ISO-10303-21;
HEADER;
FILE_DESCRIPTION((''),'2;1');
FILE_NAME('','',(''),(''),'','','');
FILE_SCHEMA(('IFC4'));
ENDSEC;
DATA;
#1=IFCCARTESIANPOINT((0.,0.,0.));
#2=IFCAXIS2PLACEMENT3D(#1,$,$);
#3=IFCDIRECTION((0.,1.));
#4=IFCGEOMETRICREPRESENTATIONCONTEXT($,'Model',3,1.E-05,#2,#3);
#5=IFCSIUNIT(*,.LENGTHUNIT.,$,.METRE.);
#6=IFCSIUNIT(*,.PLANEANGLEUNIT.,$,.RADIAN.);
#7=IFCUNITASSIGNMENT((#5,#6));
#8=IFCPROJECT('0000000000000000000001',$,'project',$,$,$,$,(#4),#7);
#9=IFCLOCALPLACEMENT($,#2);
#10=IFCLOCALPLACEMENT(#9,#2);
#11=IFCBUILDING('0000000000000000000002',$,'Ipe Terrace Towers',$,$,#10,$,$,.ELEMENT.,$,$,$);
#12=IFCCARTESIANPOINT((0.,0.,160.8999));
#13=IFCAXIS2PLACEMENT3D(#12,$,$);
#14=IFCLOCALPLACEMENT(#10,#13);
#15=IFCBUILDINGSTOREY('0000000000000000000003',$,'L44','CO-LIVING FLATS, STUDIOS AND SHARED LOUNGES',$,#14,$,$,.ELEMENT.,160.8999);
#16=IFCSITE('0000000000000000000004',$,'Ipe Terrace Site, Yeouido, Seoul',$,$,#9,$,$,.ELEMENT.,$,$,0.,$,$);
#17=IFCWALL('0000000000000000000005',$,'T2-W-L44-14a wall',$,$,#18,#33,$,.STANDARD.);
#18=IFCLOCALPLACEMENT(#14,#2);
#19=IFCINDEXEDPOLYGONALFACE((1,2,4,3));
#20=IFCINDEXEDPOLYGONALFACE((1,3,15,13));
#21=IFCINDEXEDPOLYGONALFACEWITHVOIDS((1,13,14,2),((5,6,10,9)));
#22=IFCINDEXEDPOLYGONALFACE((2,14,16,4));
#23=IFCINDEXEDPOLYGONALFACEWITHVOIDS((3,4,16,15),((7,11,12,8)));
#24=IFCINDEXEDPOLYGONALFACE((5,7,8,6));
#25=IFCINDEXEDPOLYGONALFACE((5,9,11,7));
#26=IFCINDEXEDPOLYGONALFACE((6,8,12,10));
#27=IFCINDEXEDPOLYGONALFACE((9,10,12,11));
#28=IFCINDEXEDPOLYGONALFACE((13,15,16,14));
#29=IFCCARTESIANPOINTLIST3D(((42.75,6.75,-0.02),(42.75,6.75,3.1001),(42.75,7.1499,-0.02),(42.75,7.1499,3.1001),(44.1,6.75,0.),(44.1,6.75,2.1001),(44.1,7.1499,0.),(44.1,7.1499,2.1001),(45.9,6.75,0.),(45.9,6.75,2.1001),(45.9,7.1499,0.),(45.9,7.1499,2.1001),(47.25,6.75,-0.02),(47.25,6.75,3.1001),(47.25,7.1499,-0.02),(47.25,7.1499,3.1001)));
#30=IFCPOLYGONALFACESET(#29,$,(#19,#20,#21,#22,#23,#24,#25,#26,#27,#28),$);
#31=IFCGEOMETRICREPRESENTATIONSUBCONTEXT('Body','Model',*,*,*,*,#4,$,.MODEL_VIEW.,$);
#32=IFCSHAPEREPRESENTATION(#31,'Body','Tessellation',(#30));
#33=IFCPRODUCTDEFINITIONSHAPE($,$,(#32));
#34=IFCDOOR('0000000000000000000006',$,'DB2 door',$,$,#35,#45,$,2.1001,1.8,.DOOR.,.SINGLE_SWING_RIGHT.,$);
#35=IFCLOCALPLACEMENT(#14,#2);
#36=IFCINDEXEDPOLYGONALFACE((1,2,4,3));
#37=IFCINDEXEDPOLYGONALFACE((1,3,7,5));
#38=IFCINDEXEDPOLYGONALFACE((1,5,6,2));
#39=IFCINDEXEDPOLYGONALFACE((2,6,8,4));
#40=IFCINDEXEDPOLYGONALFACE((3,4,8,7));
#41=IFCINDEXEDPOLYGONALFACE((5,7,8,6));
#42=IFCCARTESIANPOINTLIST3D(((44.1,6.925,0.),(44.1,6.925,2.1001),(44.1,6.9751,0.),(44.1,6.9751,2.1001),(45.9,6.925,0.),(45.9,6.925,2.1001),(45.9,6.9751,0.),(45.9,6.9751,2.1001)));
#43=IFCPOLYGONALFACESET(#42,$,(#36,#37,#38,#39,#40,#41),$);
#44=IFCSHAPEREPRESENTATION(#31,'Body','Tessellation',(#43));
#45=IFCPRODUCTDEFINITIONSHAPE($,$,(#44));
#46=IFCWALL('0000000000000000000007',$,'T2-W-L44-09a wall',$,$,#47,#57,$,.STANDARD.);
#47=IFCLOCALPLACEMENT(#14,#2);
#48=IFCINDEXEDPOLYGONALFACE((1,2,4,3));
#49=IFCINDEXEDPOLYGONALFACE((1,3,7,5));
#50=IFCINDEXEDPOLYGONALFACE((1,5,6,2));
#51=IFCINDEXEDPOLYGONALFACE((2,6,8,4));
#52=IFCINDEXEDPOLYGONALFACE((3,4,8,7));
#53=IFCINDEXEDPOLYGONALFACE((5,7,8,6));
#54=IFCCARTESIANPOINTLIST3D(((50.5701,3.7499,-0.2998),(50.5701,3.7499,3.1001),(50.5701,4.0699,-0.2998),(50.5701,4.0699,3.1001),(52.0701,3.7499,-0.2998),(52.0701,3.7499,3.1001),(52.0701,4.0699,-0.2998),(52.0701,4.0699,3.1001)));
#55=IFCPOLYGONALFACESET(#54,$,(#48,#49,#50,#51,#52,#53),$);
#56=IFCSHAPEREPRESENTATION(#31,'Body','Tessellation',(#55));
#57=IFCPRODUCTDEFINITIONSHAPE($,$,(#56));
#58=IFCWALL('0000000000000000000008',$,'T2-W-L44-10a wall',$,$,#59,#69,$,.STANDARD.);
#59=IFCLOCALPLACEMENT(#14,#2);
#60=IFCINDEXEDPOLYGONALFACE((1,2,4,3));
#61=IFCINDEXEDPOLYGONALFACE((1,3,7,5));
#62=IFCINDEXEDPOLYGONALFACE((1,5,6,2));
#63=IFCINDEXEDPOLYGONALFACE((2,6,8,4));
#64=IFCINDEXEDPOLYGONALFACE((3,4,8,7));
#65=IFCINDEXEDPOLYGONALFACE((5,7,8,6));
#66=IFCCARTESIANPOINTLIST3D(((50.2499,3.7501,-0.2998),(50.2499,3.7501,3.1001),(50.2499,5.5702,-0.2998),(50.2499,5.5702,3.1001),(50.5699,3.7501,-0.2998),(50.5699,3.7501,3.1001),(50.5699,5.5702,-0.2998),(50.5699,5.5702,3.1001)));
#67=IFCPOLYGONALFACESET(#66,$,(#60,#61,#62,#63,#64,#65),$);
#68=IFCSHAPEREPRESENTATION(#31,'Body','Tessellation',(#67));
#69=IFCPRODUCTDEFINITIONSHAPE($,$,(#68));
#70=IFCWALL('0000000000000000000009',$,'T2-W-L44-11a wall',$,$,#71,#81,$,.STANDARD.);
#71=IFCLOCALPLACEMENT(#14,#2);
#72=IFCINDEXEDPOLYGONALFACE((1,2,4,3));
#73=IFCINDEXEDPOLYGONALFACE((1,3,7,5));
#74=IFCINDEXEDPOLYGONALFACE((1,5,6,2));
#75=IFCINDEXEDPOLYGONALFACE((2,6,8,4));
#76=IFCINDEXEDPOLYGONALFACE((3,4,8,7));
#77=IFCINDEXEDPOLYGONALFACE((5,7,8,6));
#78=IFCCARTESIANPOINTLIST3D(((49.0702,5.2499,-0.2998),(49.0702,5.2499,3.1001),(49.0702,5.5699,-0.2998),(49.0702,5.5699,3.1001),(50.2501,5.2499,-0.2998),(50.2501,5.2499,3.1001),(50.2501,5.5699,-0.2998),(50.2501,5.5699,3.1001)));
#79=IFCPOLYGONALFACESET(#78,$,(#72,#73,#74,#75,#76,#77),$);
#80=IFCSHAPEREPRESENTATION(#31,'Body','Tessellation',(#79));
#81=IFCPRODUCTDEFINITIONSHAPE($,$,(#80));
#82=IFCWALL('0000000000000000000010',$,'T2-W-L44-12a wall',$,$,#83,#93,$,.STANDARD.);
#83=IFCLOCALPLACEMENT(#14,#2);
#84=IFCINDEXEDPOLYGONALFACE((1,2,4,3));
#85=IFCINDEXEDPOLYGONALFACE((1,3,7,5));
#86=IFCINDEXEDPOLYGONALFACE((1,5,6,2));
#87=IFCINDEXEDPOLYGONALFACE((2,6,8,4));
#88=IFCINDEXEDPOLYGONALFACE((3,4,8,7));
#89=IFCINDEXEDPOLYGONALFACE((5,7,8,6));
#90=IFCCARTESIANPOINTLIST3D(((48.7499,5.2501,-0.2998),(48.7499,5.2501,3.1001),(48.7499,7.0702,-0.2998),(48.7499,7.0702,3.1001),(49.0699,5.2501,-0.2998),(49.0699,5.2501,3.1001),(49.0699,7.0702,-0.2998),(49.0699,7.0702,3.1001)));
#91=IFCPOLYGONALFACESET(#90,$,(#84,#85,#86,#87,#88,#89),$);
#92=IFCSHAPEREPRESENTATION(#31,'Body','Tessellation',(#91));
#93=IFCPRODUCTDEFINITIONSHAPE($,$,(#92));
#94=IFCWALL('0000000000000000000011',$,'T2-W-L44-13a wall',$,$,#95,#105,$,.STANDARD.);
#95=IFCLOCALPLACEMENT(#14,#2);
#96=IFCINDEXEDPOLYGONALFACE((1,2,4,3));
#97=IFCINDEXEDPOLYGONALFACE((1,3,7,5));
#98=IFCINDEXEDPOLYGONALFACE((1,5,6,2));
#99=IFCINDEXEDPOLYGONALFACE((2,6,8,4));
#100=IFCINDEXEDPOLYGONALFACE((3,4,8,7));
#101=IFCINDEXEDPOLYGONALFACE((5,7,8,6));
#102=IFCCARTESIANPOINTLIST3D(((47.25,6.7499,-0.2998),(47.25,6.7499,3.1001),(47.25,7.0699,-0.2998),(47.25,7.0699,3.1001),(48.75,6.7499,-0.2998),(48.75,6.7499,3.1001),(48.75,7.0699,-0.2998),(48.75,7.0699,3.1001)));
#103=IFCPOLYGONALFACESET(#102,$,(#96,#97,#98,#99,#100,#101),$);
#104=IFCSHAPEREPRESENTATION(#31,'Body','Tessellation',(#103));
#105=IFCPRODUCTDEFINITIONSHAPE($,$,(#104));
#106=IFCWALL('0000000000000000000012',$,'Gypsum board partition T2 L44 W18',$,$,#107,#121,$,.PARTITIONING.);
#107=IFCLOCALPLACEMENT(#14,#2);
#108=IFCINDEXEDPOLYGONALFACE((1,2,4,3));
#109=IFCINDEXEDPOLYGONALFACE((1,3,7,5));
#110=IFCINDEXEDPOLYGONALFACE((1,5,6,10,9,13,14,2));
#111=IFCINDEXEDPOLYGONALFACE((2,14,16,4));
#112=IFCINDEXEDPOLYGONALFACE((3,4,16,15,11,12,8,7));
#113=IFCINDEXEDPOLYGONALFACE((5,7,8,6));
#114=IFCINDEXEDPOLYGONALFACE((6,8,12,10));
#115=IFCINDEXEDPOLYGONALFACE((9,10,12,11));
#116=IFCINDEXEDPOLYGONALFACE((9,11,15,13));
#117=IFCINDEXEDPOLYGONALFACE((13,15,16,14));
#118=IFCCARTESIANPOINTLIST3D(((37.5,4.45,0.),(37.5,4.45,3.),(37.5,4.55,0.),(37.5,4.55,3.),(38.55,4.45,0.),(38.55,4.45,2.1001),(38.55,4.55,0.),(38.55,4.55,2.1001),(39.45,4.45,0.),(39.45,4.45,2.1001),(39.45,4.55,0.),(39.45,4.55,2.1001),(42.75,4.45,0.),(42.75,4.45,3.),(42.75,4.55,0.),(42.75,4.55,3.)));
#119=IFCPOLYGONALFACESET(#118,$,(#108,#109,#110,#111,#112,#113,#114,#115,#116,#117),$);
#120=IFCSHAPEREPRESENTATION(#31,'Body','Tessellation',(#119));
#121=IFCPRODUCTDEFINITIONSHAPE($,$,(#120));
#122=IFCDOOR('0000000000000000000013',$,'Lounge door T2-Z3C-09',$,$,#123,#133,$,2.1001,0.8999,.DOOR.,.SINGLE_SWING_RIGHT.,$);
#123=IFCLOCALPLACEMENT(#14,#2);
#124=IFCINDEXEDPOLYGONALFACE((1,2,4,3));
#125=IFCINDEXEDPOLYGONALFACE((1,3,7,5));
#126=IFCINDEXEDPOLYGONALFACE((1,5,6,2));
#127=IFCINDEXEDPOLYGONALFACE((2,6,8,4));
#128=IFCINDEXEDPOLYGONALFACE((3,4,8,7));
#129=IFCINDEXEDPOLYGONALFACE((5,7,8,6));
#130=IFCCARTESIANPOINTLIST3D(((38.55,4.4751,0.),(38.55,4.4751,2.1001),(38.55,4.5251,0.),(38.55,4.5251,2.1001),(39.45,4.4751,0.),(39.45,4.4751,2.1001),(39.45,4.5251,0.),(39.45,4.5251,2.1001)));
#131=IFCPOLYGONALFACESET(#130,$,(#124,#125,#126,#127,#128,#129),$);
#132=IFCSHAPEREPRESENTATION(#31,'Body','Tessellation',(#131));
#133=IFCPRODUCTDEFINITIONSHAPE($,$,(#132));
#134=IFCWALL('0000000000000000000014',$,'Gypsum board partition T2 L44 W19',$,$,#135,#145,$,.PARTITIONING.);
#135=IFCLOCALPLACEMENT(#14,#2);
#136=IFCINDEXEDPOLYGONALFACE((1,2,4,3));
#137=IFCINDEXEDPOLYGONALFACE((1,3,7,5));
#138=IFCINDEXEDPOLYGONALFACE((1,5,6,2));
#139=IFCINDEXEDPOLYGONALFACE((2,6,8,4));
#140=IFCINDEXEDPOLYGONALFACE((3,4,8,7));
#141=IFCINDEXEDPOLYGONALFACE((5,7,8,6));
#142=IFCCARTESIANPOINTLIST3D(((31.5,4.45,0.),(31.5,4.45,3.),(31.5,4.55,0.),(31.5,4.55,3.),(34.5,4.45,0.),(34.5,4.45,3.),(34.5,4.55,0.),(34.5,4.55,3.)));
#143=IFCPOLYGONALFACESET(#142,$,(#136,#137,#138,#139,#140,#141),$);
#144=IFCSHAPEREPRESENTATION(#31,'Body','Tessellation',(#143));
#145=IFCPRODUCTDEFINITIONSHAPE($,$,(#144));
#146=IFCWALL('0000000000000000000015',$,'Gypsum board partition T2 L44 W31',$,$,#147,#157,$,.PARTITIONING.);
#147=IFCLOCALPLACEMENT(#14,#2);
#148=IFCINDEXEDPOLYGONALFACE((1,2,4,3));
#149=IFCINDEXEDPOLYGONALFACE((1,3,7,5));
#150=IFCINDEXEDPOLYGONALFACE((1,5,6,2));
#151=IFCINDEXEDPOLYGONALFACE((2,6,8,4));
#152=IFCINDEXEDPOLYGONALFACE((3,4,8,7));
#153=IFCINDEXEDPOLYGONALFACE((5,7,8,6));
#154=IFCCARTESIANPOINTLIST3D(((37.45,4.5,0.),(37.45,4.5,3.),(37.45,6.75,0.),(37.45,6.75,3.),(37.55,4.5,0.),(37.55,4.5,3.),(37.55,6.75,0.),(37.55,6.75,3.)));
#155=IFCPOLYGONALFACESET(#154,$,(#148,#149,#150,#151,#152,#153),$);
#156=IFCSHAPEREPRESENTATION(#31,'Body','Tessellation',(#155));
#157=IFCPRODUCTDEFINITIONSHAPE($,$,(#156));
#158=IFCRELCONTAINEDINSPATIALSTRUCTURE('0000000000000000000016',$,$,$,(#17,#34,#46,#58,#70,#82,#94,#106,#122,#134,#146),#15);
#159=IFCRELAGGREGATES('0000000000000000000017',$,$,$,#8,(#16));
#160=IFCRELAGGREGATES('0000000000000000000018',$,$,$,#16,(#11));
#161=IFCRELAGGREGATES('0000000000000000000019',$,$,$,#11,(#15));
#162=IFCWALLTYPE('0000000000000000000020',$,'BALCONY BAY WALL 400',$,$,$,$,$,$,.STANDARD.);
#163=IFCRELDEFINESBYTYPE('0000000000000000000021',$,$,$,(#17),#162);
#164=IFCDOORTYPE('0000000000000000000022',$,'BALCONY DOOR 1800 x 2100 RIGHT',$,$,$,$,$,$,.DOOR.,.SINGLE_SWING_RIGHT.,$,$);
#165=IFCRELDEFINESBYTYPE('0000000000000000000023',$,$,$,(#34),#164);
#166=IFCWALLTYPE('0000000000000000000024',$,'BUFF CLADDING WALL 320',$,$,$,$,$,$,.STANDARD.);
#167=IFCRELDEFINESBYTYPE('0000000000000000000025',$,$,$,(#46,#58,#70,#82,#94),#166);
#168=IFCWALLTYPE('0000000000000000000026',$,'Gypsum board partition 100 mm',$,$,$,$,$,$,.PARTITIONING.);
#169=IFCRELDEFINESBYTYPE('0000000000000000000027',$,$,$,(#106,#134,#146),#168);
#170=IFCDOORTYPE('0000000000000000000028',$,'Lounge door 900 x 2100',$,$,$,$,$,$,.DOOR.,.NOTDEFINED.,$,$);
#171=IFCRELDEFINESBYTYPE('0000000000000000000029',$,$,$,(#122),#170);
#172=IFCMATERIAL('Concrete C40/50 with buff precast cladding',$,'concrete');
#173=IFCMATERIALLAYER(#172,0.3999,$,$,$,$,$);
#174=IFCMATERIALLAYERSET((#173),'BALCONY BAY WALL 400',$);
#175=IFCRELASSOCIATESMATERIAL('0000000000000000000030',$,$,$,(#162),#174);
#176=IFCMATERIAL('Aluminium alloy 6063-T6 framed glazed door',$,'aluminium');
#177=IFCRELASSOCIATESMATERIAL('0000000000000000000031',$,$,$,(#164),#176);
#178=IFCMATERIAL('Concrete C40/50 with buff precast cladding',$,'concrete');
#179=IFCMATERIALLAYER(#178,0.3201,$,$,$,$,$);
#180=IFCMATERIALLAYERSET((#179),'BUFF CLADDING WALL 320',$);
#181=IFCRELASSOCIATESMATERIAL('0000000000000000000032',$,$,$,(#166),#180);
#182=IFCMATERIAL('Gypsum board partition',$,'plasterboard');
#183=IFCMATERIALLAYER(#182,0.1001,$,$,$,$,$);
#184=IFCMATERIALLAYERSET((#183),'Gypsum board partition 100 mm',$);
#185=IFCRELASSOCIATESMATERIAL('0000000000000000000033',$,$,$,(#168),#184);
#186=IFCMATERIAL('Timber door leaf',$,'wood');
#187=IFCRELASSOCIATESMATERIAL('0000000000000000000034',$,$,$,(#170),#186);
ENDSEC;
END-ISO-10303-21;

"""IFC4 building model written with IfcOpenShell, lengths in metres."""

from ifc_helpers import new_model, si_unit, direction, frame, frame_2d, origin, place, context, subcontext, project, spatial, rectangle, extrude, material, layer, layer_set, type_object, element, fill, save


model = new_model("IFC4")

# Units and contexts
model_context = context("Model", 3, precision=1e-05, world=origin(), true_north=direction((0.0, 1.0)))
body_context = subcontext(model_context, "Body", "Model", "MODEL_VIEW")
ifc_project = project(units=[si_unit("LENGTHUNIT", "METRE"), si_unit("PLANEANGLEUNIT", "RADIAN")], contexts=[model_context])

# Site, building, storey
site_placement = place(None, origin())
site = spatial("IfcSite", under=ifc_project, at=site_placement, Name="Ipe Terrace Site, Yeouido, Seoul", CompositionType="ELEMENT", RefElevation=0.0)
building_placement = place(site_placement, origin())
building = spatial("IfcBuilding", under=site, at=building_placement, Name="Ipe Terrace Towers", CompositionType="ELEMENT")
storey_placement = place(building_placement, frame((0.0, 0.0, 160.8999)))
storey = spatial("IfcBuildingStorey", under=building, at=storey_placement, Name="L44", Description="CO-LIVING FLATS, STUDIOS AND SHARED LOUNGES", CompositionType="ELEMENT", Elevation=160.8999)

# Wall, opening, door
ifc_material_1 = material(Name="Concrete C40/50 with buff precast cladding", Category="concrete")
ifc_layer_1 = layer(ifc_material_1, 0.3999)
ifc_layer_set_1 = layer_set([ifc_layer_1], Name="BALCONY BAY WALL 400")
wall_type_1 = type_object("IfcWallType", Name="BALCONY BAY WALL 400", PredefinedType="STANDARD", material=ifc_layer_set_1)
wall_1_placement = place(storey_placement, frame((47.25, 6.95, -0.02), z_axis=(0.0, 0.0, 1.0), x_axis=(-1.0, 0.0, 0.0)))
wall_1 = element("IfcWall", 1, at=wall_1_placement, inside=storey, type_object=wall_type_1, Name="T2-W-L44-14a wall", PredefinedType="STANDARD", context=body_context, shape_type="SweptSolid", body=[
    extrude(rectangle(XDim=4.5, YDim=0.3999, at=frame_2d((2.25, 0.0))), origin(), (0.0, 0.0, 1.0), 3.1201),
])
opening_1_placement = place(wall_1_placement, frame((1.3501, 0.0, 0.02)))
opening_1 = element("IfcOpeningElement", 2, at=opening_1_placement, cuts=wall_1, PredefinedType="OPENING", context=body_context, shape_type="SweptSolid", body=[
    extrude(rectangle(XDim=1.8, YDim=2.1001, at=frame_2d((0.8999, 1.05))), frame((0.0, 0.21, 0.0), z_axis=(0.0, -1.0, 0.0), x_axis=(1.0, 0.0, 0.0)), (0.0, 0.0, 1.0), 0.4199),
])
ifc_material_2 = material(Name="Aluminium alloy 6063-T6 framed glazed door", Category="aluminium")
door_type_1 = type_object("IfcDoorType", Name="BALCONY DOOR 1800 x 2100 RIGHT", OperationType="SINGLE_SWING_RIGHT", PredefinedType="DOOR", material=ifc_material_2)
door_1_placement = place(opening_1_placement, origin())
door_1 = element("IfcDoor", 3, at=door_1_placement, inside=storey, type_object=door_type_1, Name="DB2 door", OperationType="SINGLE_SWING_RIGHT", OverallHeight=2.1001, OverallWidth=1.8, PredefinedType="DOOR", context=body_context, shape_type="SweptSolid", body=[
    extrude(rectangle(XDim=1.8, YDim=2.1001, at=frame_2d((0.8999, 1.05))), frame((0.0, 0.0249, 0.0), z_axis=(0.0, -1.0, 0.0), x_axis=(1.0, 0.0, 0.0)), (0.0, 0.0, 1.0), 0.05),
])
fill(opening_1, door_1)

# Walls
ifc_material_3 = material(Name="Concrete C40/50 with buff precast cladding", Category="concrete")
ifc_layer_2 = layer(ifc_material_3, 0.3201)
ifc_layer_set_2 = layer_set([ifc_layer_2], Name="BUFF CLADDING WALL 320")
wall_type_2 = type_object("IfcWallType", Name="BUFF CLADDING WALL 320", PredefinedType="STANDARD", material=ifc_layer_set_2)
wall_2_placement = place(storey_placement, frame((52.0701, 3.9099, -0.2998), z_axis=(0.0, 0.0, 1.0), x_axis=(-1.0, 0.0, 0.0)))
element("IfcWall", 4, at=wall_2_placement, inside=storey, type_object=wall_type_2, Name="T2-W-L44-09a wall", PredefinedType="STANDARD", context=body_context, shape_type="SweptSolid", body=[
    extrude(rectangle(XDim=1.5, YDim=0.3201, at=frame_2d((0.75, 0.0))), origin(), (0.0, 0.0, 1.0), 3.3999),
])
wall_3_placement = place(storey_placement, frame((50.4099, 3.75, -0.2998), z_axis=(0.0, 0.0, 1.0), x_axis=(0.0, 1.0, 0.0)))
element("IfcWall", 5, at=wall_3_placement, inside=storey, type_object=wall_type_2, Name="T2-W-L44-10a wall", PredefinedType="STANDARD", context=body_context, shape_type="SweptSolid", body=[
    extrude(rectangle(XDim=1.8201, YDim=0.3201, at=frame_2d((0.9102, 0.0))), origin(), (0.0, 0.0, 1.0), 3.3999),
])
wall_4_placement = place(storey_placement, frame((50.25, 5.4099, -0.2998), z_axis=(0.0, 0.0, 1.0), x_axis=(-1.0, 0.0, 0.0)))
element("IfcWall", 6, at=wall_4_placement, inside=storey, type_object=wall_type_2, Name="T2-W-L44-11a wall", PredefinedType="STANDARD", context=body_context, shape_type="SweptSolid", body=[
    extrude(rectangle(XDim=1.1799, YDim=0.3201, at=frame_2d((0.5898, 0.0))), origin(), (0.0, 0.0, 1.0), 3.3999),
])
wall_5_placement = place(storey_placement, frame((48.9099, 5.25, -0.2998), z_axis=(0.0, 0.0, 1.0), x_axis=(0.0, 1.0, 0.0)))
element("IfcWall", 7, at=wall_5_placement, inside=storey, type_object=wall_type_2, Name="T2-W-L44-12a wall", PredefinedType="STANDARD", context=body_context, shape_type="SweptSolid", body=[
    extrude(rectangle(XDim=1.8201, YDim=0.3201, at=frame_2d((0.9102, 0.0))), origin(), (0.0, 0.0, 1.0), 3.3999),
])
wall_6_placement = place(storey_placement, frame((48.75, 6.9099, -0.2998), z_axis=(0.0, 0.0, 1.0), x_axis=(-1.0, 0.0, 0.0)))
element("IfcWall", 8, at=wall_6_placement, inside=storey, type_object=wall_type_2, Name="T2-W-L44-13a wall", PredefinedType="STANDARD", context=body_context, shape_type="SweptSolid", body=[
    extrude(rectangle(XDim=1.5, YDim=0.3201, at=frame_2d((0.75, 0.0))), origin(), (0.0, 0.0, 1.0), 3.3999),
])

# Wall, opening, door
ifc_material_4 = material(Name="Gypsum board partition", Category="plasterboard")
ifc_layer_3 = layer(ifc_material_4, 0.1001)
ifc_layer_set_3 = layer_set([ifc_layer_3], Name="Gypsum board partition 100 mm")
wall_type_3 = type_object("IfcWallType", Name="Gypsum board partition 100 mm", PredefinedType="PARTITIONING", material=ifc_layer_set_3)
wall_7_placement = place(storey_placement, frame((42.75, 4.5, 0.0), z_axis=(0.0, 0.0, 1.0), x_axis=(-1.0, 0.0, 0.0)))
wall_7 = element("IfcWall", 9, at=wall_7_placement, inside=storey, type_object=wall_type_3, Name="Gypsum board partition T2 L44 W18", PredefinedType="PARTITIONING", context=body_context, shape_type="SweptSolid", body=[
    extrude(rectangle(XDim=5.25, YDim=0.1001, at=frame_2d((2.625, 0.0))), origin(), (0.0, 0.0, 1.0), 3.0),
])
opening_2_placement = place(wall_7_placement, frame((3.3, 0.0, 0.0)))
opening_2 = element("IfcOpeningElement", 10, at=opening_2_placement, cuts=wall_7, PredefinedType="OPENING", context=body_context, shape_type="SweptSolid", body=[
    extrude(rectangle(XDim=0.8999, YDim=2.1001, at=frame_2d((0.45, 1.05))), frame((0.0, 0.0601, 0.0), z_axis=(0.0, -1.0, 0.0), x_axis=(1.0, 0.0, 0.0)), (0.0, 0.0, 1.0), 0.1201),
])
ifc_material_5 = material(Name="Timber door leaf", Category="wood")
door_type_2 = type_object("IfcDoorType", Name="Lounge door 900 x 2100", OperationType="NOTDEFINED", PredefinedType="DOOR", material=ifc_material_5)
door_2_placement = place(opening_2_placement, origin())
door_2 = element("IfcDoor", 11, at=door_2_placement, inside=storey, type_object=door_type_2, Name="Lounge door T2-Z3C-09", OperationType="SINGLE_SWING_RIGHT", OverallHeight=2.1001, OverallWidth=0.8999, PredefinedType="DOOR", context=body_context, shape_type="SweptSolid", body=[
    extrude(rectangle(XDim=0.8999, YDim=2.1001, at=frame_2d((0.45, 1.05))), frame((0.0, 0.0249, 0.0), z_axis=(0.0, -1.0, 0.0), x_axis=(1.0, 0.0, 0.0)), (0.0, 0.0, 1.0), 0.05),
])
fill(opening_2, door_2)

# Walls
wall_8_placement = place(storey_placement, frame((34.5, 4.5, 0.0), z_axis=(0.0, 0.0, 1.0), x_axis=(-1.0, 0.0, 0.0)))
element("IfcWall", 12, at=wall_8_placement, inside=storey, type_object=wall_type_3, Name="Gypsum board partition T2 L44 W19", PredefinedType="PARTITIONING", context=body_context, shape_type="SweptSolid", body=[
    extrude(rectangle(XDim=3.0, YDim=0.1001, at=frame_2d((1.5, 0.0))), origin(), (0.0, 0.0, 1.0), 3.0),
])
wall_9_placement = place(storey_placement, frame((37.5, 4.5, 0.0), z_axis=(0.0, 0.0, 1.0), x_axis=(0.0, 1.0, 0.0)))
element("IfcWall", 13, at=wall_9_placement, inside=storey, type_object=wall_type_3, Name="Gypsum board partition T2 L44 W31", PredefinedType="PARTITIONING", context=body_context, shape_type="SweptSolid", body=[
    extrude(rectangle(XDim=2.25, YDim=0.1001, at=frame_2d((1.125, 0.0))), origin(), (0.0, 0.0, 1.0), 3.0),
])

save(model, "model.ifc")
